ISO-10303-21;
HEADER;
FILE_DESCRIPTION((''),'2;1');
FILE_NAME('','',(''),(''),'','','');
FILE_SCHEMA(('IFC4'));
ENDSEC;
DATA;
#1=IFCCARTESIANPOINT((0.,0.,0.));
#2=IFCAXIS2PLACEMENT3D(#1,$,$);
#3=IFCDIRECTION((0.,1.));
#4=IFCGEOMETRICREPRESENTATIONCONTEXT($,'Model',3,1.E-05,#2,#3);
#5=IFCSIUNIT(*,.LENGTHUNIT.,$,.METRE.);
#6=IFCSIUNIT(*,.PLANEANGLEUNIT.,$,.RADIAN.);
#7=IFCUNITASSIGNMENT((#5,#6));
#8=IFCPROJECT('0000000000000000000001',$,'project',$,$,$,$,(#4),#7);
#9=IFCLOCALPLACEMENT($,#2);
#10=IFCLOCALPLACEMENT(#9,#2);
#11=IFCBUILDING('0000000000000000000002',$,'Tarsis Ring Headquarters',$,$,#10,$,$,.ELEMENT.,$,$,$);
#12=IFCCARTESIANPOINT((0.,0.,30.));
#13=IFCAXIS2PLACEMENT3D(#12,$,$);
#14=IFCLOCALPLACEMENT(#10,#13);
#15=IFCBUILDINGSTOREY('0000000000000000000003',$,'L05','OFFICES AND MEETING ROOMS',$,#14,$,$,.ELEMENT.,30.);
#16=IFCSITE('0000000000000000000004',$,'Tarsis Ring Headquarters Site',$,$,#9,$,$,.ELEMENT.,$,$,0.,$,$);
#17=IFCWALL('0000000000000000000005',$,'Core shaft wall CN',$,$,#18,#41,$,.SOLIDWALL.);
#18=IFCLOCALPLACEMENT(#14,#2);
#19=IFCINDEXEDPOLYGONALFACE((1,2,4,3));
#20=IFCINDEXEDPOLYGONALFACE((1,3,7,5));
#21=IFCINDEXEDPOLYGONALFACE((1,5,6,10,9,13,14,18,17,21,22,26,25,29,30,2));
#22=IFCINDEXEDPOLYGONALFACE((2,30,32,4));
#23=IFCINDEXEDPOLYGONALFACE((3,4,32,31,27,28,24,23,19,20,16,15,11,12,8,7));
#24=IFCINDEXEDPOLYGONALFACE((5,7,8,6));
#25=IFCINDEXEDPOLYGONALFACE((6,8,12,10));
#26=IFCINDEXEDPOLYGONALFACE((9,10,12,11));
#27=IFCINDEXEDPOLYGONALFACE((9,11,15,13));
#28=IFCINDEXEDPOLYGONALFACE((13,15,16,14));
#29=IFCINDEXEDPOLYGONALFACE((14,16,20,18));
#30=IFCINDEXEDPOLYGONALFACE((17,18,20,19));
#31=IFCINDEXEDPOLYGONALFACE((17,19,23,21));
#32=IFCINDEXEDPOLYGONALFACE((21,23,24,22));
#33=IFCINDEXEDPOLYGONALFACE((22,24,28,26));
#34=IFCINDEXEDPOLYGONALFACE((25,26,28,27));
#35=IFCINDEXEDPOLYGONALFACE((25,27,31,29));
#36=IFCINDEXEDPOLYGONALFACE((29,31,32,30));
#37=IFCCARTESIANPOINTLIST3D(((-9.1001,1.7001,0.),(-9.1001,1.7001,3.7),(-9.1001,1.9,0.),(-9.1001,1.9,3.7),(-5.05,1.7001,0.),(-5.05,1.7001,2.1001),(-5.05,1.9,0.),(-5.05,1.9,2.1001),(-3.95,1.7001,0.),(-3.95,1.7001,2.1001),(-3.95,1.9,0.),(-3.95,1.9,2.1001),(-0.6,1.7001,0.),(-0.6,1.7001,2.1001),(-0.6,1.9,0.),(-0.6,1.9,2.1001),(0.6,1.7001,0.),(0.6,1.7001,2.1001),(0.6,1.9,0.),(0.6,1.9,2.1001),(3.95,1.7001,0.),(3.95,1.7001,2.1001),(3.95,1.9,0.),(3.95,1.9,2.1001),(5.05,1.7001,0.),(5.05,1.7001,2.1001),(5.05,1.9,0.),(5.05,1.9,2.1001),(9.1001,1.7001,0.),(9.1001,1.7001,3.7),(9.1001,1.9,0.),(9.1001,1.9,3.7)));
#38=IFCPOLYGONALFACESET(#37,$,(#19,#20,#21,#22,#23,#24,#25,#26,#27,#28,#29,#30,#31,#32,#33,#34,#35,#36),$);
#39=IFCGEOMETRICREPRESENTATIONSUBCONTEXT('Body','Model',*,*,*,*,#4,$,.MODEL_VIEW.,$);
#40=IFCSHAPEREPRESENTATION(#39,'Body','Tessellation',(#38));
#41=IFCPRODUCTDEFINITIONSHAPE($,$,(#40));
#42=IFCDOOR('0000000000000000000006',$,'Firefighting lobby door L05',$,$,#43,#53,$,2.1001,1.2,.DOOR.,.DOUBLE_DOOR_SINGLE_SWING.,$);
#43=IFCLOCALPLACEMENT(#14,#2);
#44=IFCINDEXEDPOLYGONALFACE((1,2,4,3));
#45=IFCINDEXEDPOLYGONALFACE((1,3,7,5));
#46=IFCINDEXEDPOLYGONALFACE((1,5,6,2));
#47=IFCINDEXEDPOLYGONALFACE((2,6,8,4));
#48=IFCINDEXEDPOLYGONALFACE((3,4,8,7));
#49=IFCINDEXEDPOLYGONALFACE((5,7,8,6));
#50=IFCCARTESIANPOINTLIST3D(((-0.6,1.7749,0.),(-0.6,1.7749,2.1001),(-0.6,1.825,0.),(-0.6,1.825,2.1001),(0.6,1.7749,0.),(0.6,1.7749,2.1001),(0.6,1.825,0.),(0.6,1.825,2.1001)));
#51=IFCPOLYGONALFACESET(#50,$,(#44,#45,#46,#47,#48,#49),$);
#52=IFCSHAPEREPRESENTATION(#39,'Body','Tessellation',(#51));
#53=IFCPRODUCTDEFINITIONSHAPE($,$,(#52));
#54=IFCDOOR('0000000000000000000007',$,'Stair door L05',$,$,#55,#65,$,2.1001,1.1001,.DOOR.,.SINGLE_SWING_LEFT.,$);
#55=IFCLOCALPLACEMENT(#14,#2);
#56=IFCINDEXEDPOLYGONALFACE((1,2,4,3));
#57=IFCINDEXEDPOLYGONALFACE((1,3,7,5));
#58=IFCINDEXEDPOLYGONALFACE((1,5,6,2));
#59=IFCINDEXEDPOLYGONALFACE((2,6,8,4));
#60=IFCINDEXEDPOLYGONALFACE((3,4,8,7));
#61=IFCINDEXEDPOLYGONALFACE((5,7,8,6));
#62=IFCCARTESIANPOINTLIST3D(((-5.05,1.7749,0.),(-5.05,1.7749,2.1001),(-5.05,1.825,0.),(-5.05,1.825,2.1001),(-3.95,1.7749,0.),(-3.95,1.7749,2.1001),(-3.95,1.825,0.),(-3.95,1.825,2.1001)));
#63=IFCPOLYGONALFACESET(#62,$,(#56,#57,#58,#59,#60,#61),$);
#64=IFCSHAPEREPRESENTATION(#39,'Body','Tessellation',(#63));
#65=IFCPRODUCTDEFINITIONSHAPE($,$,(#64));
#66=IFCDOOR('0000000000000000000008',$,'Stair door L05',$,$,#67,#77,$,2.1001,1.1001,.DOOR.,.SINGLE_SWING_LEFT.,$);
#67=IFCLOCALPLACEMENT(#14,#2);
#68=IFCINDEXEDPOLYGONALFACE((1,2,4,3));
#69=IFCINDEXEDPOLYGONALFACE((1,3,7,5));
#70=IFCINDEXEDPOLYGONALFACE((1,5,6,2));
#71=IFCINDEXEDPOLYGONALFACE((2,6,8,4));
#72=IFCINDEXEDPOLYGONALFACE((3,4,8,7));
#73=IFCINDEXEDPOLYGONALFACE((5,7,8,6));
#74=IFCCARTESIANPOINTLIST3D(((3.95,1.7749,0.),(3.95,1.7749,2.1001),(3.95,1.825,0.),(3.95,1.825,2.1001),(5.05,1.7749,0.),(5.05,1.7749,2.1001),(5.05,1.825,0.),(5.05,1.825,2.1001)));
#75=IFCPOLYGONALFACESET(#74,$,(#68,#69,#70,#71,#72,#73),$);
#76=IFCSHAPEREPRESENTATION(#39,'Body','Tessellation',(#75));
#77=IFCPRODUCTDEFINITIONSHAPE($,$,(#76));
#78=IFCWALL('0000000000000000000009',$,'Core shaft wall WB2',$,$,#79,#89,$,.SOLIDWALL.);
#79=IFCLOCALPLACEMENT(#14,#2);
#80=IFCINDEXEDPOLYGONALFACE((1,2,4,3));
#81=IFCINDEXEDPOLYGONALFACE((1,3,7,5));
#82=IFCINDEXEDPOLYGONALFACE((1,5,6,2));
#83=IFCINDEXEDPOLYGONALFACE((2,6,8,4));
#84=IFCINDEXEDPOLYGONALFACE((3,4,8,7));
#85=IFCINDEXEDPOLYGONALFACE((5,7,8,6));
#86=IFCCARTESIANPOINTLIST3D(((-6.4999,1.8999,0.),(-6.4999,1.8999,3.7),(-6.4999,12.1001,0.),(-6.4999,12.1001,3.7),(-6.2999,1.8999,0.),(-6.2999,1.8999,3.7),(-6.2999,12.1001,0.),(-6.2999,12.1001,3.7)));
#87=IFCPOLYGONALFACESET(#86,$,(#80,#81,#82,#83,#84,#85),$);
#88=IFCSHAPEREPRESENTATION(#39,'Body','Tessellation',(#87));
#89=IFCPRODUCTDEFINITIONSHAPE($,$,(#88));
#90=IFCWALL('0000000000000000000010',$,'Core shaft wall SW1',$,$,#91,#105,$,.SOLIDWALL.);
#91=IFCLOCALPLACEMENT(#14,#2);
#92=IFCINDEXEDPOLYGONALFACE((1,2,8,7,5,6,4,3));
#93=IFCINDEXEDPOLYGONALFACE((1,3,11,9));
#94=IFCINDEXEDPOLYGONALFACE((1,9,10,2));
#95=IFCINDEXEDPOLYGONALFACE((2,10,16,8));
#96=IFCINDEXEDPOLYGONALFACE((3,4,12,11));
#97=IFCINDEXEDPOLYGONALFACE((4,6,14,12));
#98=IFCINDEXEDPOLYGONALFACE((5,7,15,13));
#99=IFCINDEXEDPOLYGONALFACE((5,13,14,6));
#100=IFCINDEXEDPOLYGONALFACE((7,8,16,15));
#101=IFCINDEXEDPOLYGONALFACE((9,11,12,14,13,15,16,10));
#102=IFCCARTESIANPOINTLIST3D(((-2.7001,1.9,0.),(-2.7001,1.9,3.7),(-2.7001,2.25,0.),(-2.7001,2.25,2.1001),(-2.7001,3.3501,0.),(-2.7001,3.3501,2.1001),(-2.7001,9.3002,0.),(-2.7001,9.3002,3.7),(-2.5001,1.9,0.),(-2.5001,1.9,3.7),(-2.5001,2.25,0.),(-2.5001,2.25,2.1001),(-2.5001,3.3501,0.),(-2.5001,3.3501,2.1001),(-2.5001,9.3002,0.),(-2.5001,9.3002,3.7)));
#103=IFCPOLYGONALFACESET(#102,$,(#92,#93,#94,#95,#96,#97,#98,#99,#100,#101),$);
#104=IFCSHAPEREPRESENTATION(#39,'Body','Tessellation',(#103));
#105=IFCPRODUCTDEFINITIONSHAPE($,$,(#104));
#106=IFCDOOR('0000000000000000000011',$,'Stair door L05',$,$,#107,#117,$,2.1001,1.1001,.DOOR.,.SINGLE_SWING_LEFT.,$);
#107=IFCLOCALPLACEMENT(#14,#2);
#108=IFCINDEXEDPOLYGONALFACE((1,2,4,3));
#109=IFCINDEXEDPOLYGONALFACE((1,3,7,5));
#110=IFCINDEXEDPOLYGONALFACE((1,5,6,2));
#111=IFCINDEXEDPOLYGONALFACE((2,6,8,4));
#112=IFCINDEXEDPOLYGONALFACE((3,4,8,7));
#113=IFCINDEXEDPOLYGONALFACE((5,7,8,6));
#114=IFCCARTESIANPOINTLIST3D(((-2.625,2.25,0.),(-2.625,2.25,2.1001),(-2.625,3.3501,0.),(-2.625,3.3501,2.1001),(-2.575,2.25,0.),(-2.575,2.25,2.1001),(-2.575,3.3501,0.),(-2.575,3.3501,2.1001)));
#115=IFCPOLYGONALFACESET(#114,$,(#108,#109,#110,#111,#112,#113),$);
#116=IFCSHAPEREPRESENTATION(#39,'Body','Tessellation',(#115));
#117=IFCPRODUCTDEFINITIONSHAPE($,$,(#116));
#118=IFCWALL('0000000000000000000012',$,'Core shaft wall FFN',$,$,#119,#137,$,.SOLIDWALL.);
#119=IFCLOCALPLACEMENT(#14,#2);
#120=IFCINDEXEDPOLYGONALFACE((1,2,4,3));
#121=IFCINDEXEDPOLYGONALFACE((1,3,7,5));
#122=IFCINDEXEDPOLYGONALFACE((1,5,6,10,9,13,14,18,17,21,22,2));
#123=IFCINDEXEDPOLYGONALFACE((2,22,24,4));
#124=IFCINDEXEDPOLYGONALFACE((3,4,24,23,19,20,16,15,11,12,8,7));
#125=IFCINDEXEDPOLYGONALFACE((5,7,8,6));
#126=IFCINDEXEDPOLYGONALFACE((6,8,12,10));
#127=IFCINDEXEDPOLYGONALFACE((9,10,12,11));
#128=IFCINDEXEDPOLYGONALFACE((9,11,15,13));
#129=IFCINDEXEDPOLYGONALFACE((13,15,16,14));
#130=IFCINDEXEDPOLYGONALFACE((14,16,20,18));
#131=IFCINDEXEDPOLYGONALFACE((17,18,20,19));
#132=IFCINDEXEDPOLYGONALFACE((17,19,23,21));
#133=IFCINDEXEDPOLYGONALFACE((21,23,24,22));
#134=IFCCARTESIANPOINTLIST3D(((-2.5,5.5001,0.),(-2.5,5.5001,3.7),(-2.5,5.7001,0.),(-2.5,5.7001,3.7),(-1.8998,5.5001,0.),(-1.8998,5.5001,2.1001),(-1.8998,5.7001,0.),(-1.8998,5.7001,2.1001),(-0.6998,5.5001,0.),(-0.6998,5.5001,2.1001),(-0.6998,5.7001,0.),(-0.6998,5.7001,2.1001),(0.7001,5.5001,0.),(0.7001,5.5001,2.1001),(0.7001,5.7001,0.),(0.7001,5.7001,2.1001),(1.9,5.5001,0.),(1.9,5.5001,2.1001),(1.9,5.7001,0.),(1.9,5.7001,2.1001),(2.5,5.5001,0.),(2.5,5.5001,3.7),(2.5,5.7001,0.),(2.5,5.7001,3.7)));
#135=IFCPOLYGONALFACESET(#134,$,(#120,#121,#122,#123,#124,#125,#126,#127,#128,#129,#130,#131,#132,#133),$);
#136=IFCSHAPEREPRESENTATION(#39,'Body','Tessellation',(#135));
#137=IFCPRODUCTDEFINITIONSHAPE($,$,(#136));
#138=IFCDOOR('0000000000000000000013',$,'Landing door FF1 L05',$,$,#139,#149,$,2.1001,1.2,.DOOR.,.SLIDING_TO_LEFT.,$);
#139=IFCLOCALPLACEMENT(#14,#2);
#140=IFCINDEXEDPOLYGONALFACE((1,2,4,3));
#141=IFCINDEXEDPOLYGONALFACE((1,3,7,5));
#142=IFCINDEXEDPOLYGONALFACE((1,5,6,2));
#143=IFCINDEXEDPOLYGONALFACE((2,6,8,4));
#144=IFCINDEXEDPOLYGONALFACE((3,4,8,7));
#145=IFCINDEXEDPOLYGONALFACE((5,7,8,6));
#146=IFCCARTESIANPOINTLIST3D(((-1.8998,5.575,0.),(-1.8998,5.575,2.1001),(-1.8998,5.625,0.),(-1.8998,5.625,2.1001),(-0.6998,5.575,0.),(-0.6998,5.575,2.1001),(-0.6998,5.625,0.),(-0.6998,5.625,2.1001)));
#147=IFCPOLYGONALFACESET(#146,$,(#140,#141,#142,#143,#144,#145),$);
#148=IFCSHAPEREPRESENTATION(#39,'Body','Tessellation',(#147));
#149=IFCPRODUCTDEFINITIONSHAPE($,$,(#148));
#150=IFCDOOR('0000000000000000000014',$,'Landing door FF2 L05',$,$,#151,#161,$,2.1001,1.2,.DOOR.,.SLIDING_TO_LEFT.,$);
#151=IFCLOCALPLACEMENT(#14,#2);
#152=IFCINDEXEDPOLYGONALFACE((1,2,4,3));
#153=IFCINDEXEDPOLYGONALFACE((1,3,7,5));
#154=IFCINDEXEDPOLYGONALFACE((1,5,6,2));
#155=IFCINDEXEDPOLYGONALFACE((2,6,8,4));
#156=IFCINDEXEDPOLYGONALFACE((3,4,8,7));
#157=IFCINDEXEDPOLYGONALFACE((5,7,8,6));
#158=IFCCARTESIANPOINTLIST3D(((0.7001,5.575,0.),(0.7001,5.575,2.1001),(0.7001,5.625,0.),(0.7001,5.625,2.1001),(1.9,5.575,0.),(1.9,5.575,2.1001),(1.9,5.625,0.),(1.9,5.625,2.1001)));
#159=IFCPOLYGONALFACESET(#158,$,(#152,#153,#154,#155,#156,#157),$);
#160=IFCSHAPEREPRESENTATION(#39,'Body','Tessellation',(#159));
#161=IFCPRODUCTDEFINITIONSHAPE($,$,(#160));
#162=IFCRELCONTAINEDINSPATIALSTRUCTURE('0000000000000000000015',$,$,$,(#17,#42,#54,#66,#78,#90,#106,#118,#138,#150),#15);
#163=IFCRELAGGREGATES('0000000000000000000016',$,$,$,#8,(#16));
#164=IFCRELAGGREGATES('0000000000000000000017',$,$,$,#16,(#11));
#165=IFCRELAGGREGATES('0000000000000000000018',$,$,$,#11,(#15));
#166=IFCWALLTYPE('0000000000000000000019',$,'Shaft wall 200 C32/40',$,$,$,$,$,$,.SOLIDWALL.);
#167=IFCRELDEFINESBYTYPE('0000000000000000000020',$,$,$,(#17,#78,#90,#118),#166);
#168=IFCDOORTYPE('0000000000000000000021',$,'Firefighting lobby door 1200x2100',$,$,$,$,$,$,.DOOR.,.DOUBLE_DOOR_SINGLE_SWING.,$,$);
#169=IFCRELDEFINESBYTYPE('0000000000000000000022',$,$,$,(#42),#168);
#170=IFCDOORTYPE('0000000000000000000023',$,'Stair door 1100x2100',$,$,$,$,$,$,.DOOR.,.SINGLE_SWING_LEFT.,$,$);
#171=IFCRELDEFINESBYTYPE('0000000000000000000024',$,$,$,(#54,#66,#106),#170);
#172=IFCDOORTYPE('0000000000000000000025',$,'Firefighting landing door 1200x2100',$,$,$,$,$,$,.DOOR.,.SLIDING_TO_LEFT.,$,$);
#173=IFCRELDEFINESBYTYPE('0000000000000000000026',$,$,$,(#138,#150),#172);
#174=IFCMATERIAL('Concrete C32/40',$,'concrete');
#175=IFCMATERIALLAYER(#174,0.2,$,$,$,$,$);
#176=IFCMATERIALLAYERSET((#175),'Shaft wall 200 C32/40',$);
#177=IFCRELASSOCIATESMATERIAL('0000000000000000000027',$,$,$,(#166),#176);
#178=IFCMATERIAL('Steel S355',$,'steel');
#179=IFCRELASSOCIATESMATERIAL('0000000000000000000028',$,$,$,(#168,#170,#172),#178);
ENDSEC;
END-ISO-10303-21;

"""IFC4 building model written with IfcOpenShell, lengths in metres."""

from ifc_helpers import new_model, si_unit, direction, frame, frame_2d, origin, place, context, subcontext, project, spatial, rectangle, extrude, material, layer, layer_set, type_object, element, fill, save


model = new_model("IFC4")

# Units and contexts
model_context = context("Model", 3, precision=1e-05, world=origin(), true_north=direction((0.0, 1.0)))
body_context = subcontext(model_context, "Body", "Model", "MODEL_VIEW")
ifc_project = project(units=[si_unit("LENGTHUNIT", "METRE"), si_unit("PLANEANGLEUNIT", "RADIAN")], contexts=[model_context])

# Site, building, storey
site_placement = place(None, origin())
site = spatial("IfcSite", under=ifc_project, at=site_placement, Name="Tarsis Ring Headquarters Site", CompositionType="ELEMENT", RefElevation=0.0)
building_placement = place(site_placement, origin())
building = spatial("IfcBuilding", under=site, at=building_placement, Name="Tarsis Ring Headquarters", CompositionType="ELEMENT")
storey_placement = place(building_placement, frame((0.0, 0.0, 30.0)))
storey = spatial("IfcBuildingStorey", under=building, at=storey_placement, Name="L05", Description="OFFICES AND MEETING ROOMS", CompositionType="ELEMENT", Elevation=30.0)

# Wall, openings, doors
ifc_material_1 = material(Name="Concrete C32/40", Category="concrete")
ifc_layer_1 = layer(ifc_material_1, 0.2)
ifc_layer_set_1 = layer_set([ifc_layer_1], Name="Shaft wall 200 C32/40")
wall_type_1 = type_object("IfcWallType", Name="Shaft wall 200 C32/40", PredefinedType="SOLIDWALL", material=ifc_layer_set_1)
wall_1_placement = place(storey_placement, frame((-9.1001, 1.8, 0.0), z_axis=(0.0, 0.0, 1.0), x_axis=(1.0, 0.0, 0.0)))
wall_1 = element("IfcWall", 1, at=wall_1_placement, inside=storey, type_object=wall_type_1, Name="Core shaft wall CN", PredefinedType="SOLIDWALL", context=body_context, shape_type="SweptSolid", body=[
    extrude(rectangle(XDim=18.2002, YDim=0.2, at=frame_2d((9.1001, 0.0))), origin(), (0.0, 0.0, 1.0), 3.7),
])
opening_1_placement = place(wall_1_placement, frame((4.05, 0.0, 0.0)))
opening_1 = element("IfcOpeningElement", 2, at=opening_1_placement, cuts=wall_1, PredefinedType="OPENING", context=body_context, shape_type="SweptSolid", body=[
    extrude(rectangle(XDim=1.1001, YDim=2.1001, at=frame_2d((0.55, 1.05))), frame((0.0, 0.1099, 0.0), z_axis=(0.0, -1.0, 0.0), x_axis=(1.0, 0.0, 0.0)), (0.0, 0.0, 1.0), 0.22),
])
opening_2_placement = place(wall_1_placement, frame((8.5, 0.0, 0.0)))
opening_2 = element("IfcOpeningElement", 3, at=opening_2_placement, cuts=wall_1, PredefinedType="OPENING", context=body_context, shape_type="SweptSolid", body=[
    extrude(rectangle(XDim=1.2, YDim=2.1001, at=frame_2d((0.6001, 1.05))), frame((0.0, 0.1099, 0.0), z_axis=(0.0, -1.0, 0.0), x_axis=(1.0, 0.0, 0.0)), (0.0, 0.0, 1.0), 0.22),
])
opening_3_placement = place(wall_1_placement, frame((13.05, 0.0, 0.0)))
opening_3 = element("IfcOpeningElement", 4, at=opening_3_placement, cuts=wall_1, PredefinedType="OPENING", context=body_context, shape_type="SweptSolid", body=[
    extrude(rectangle(XDim=1.1001, YDim=2.1001, at=frame_2d((0.55, 1.05))), frame((0.0, 0.1099, 0.0), z_axis=(0.0, -1.0, 0.0), x_axis=(1.0, 0.0, 0.0)), (0.0, 0.0, 1.0), 0.22),
])
ifc_material_2 = material(Name="Steel S355", Category="steel")
door_type_1 = type_object("IfcDoorType", Name="Firefighting lobby door 1200x2100", OperationType="DOUBLE_DOOR_SINGLE_SWING", PredefinedType="DOOR", material=ifc_material_2)
door_1_placement = place(opening_2_placement, origin())
door_1 = element("IfcDoor", 5, at=door_1_placement, inside=storey, type_object=door_type_1, Name="Firefighting lobby door L05", OperationType="DOUBLE_DOOR_SINGLE_SWING", OverallHeight=2.1001, OverallWidth=1.2, PredefinedType="DOOR", context=body_context, shape_type="SweptSolid", body=[
    extrude(rectangle(XDim=1.2, YDim=2.1001, at=frame_2d((0.6001, 1.05))), frame((0.0, 0.0249, 0.0), z_axis=(0.0, -1.0, 0.0), x_axis=(1.0, 0.0, 0.0)), (0.0, 0.0, 1.0), 0.05),
])
fill(opening_2, door_1)
door_type_2 = type_object("IfcDoorType", Name="Stair door 1100x2100", OperationType="SINGLE_SWING_LEFT", PredefinedType="DOOR", material=ifc_material_2)
door_2_placement = place(opening_1_placement, origin())
door_2 = element("IfcDoor", 6, at=door_2_placement, inside=storey, type_object=door_type_2, Name="Stair door L05", OperationType="SINGLE_SWING_LEFT", OverallHeight=2.1001, OverallWidth=1.1001, PredefinedType="DOOR", context=body_context, shape_type="SweptSolid", body=[
    extrude(rectangle(XDim=1.1001, YDim=2.1001, at=frame_2d((0.55, 1.05))), frame((0.0, 0.0249, 0.0), z_axis=(0.0, -1.0, 0.0), x_axis=(1.0, 0.0, 0.0)), (0.0, 0.0, 1.0), 0.05),
])
fill(opening_1, door_2)
door_3_placement = place(opening_3_placement, origin())
door_3 = element("IfcDoor", 7, at=door_3_placement, inside=storey, type_object=door_type_2, Name="Stair door L05", OperationType="SINGLE_SWING_LEFT", OverallHeight=2.1001, OverallWidth=1.1001, PredefinedType="DOOR", context=body_context, shape_type="SweptSolid", body=[
    extrude(rectangle(XDim=1.1001, YDim=2.1001, at=frame_2d((0.55, 1.05))), frame((0.0, 0.0249, 0.0), z_axis=(0.0, -1.0, 0.0), x_axis=(1.0, 0.0, 0.0)), (0.0, 0.0, 1.0), 0.05),
])
fill(opening_3, door_3)

# Wall
wall_2_placement = place(storey_placement, frame((-6.3999, 1.8999, 0.0), z_axis=(0.0, 0.0, 1.0), x_axis=(0.0, 1.0, 0.0)))
element("IfcWall", 8, at=wall_2_placement, inside=storey, type_object=wall_type_1, Name="Core shaft wall WB2", PredefinedType="SOLIDWALL", context=body_context, shape_type="SweptSolid", body=[
    extrude(rectangle(XDim=10.2002, YDim=0.2, at=frame_2d((5.1001, 0.0))), origin(), (0.0, 0.0, 1.0), 3.7),
])

# Wall, opening, door
wall_3_placement = place(storey_placement, frame((-2.6001, 1.8999, 0.0), z_axis=(0.0, 0.0, 1.0), x_axis=(0.0, 1.0, 0.0)))
wall_3 = element("IfcWall", 9, at=wall_3_placement, inside=storey, type_object=wall_type_1, Name="Core shaft wall SW1", PredefinedType="SOLIDWALL", context=body_context, shape_type="SweptSolid", body=[
    extrude(rectangle(XDim=7.4001, YDim=0.2, at=frame_2d((3.7002, 0.0))), origin(), (0.0, 0.0, 1.0), 3.7),
])
opening_4_placement = place(wall_3_placement, frame((0.3501, 0.0, 0.0)))
opening_4 = element("IfcOpeningElement", 10, at=opening_4_placement, cuts=wall_3, PredefinedType="OPENING", context=body_context, shape_type="SweptSolid", body=[
    extrude(rectangle(XDim=1.1001, YDim=2.1001, at=frame_2d((0.55, 1.05))), frame((0.0, 0.1099, 0.0), z_axis=(0.0, -1.0, 0.0), x_axis=(1.0, 0.0, 0.0)), (0.0, 0.0, 1.0), 0.22),
])
door_4_placement = place(opening_4_placement, origin())
door_4 = element("IfcDoor", 11, at=door_4_placement, inside=storey, type_object=door_type_2, Name="Stair door L05", OperationType="SINGLE_SWING_LEFT", OverallHeight=2.1001, OverallWidth=1.1001, PredefinedType="DOOR", context=body_context, shape_type="SweptSolid", body=[
    extrude(rectangle(XDim=1.1001, YDim=2.1001, at=frame_2d((0.55, 1.05))), frame((0.0, 0.0249, 0.0), z_axis=(0.0, -1.0, 0.0), x_axis=(1.0, 0.0, 0.0)), (0.0, 0.0, 1.0), 0.05),
])
fill(opening_4, door_4)

# Wall, openings, doors
wall_4_placement = place(storey_placement, frame((-2.5, 5.6001, 0.0), z_axis=(0.0, 0.0, 1.0), x_axis=(1.0, 0.0, 0.0)))
wall_4 = element("IfcWall", 12, at=wall_4_placement, inside=storey, type_object=wall_type_1, Name="Core shaft wall FFN", PredefinedType="SOLIDWALL", context=body_context, shape_type="SweptSolid", body=[
    extrude(rectangle(XDim=5.0, YDim=0.2, at=frame_2d((2.5, 0.0))), origin(), (0.0, 0.0, 1.0), 3.7),
])
opening_5_placement = place(wall_4_placement, frame((0.6001, 0.0, 0.0)))
opening_5 = element("IfcOpeningElement", 13, at=opening_5_placement, cuts=wall_4, PredefinedType="OPENING", context=body_context, shape_type="SweptSolid", body=[
    extrude(rectangle(XDim=1.2, YDim=2.1001, at=frame_2d((0.6001, 1.05))), frame((0.0, 0.1099, 0.0), z_axis=(0.0, -1.0, 0.0), x_axis=(1.0, 0.0, 0.0)), (0.0, 0.0, 1.0), 0.22),
])
opening_6_placement = place(wall_4_placement, frame((3.2, 0.0, 0.0)))
opening_6 = element("IfcOpeningElement", 14, at=opening_6_placement, cuts=wall_4, PredefinedType="OPENING", context=body_context, shape_type="SweptSolid", body=[
    extrude(rectangle(XDim=1.2, YDim=2.1001, at=frame_2d((0.6001, 1.05))), frame((0.0, 0.1099, 0.0), z_axis=(0.0, -1.0, 0.0), x_axis=(1.0, 0.0, 0.0)), (0.0, 0.0, 1.0), 0.22),
])
door_type_3 = type_object("IfcDoorType", Name="Firefighting landing door 1200x2100", OperationType="SLIDING_TO_LEFT", PredefinedType="DOOR", material=ifc_material_2)
door_5_placement = place(opening_5_placement, origin())
door_5 = element("IfcDoor", 15, at=door_5_placement, inside=storey, type_object=door_type_3, Name="Landing door FF1 L05", OperationType="SLIDING_TO_LEFT", OverallHeight=2.1001, OverallWidth=1.2, PredefinedType="DOOR", context=body_context, shape_type="SweptSolid", body=[
    extrude(rectangle(XDim=1.2, YDim=2.1001, at=frame_2d((0.6001, 1.05))), frame((0.0, 0.0249, 0.0), z_axis=(0.0, -1.0, 0.0), x_axis=(1.0, 0.0, 0.0)), (0.0, 0.0, 1.0), 0.05),
])
fill(opening_5, door_5)
door_6_placement = place(opening_6_placement, origin())
door_6 = element("IfcDoor", 16, at=door_6_placement, inside=storey, type_object=door_type_3, Name="Landing door FF2 L05", OperationType="SLIDING_TO_LEFT", OverallHeight=2.1001, OverallWidth=1.2, PredefinedType="DOOR", context=body_context, shape_type="SweptSolid", body=[
    extrude(rectangle(XDim=1.2, YDim=2.1001, at=frame_2d((0.6001, 1.05))), frame((0.0, 0.0249, 0.0), z_axis=(0.0, -1.0, 0.0), x_axis=(1.0, 0.0, 0.0)), (0.0, 0.0, 1.0), 0.05),
])
fill(opening_6, door_6)

save(model, "model.ifc")
